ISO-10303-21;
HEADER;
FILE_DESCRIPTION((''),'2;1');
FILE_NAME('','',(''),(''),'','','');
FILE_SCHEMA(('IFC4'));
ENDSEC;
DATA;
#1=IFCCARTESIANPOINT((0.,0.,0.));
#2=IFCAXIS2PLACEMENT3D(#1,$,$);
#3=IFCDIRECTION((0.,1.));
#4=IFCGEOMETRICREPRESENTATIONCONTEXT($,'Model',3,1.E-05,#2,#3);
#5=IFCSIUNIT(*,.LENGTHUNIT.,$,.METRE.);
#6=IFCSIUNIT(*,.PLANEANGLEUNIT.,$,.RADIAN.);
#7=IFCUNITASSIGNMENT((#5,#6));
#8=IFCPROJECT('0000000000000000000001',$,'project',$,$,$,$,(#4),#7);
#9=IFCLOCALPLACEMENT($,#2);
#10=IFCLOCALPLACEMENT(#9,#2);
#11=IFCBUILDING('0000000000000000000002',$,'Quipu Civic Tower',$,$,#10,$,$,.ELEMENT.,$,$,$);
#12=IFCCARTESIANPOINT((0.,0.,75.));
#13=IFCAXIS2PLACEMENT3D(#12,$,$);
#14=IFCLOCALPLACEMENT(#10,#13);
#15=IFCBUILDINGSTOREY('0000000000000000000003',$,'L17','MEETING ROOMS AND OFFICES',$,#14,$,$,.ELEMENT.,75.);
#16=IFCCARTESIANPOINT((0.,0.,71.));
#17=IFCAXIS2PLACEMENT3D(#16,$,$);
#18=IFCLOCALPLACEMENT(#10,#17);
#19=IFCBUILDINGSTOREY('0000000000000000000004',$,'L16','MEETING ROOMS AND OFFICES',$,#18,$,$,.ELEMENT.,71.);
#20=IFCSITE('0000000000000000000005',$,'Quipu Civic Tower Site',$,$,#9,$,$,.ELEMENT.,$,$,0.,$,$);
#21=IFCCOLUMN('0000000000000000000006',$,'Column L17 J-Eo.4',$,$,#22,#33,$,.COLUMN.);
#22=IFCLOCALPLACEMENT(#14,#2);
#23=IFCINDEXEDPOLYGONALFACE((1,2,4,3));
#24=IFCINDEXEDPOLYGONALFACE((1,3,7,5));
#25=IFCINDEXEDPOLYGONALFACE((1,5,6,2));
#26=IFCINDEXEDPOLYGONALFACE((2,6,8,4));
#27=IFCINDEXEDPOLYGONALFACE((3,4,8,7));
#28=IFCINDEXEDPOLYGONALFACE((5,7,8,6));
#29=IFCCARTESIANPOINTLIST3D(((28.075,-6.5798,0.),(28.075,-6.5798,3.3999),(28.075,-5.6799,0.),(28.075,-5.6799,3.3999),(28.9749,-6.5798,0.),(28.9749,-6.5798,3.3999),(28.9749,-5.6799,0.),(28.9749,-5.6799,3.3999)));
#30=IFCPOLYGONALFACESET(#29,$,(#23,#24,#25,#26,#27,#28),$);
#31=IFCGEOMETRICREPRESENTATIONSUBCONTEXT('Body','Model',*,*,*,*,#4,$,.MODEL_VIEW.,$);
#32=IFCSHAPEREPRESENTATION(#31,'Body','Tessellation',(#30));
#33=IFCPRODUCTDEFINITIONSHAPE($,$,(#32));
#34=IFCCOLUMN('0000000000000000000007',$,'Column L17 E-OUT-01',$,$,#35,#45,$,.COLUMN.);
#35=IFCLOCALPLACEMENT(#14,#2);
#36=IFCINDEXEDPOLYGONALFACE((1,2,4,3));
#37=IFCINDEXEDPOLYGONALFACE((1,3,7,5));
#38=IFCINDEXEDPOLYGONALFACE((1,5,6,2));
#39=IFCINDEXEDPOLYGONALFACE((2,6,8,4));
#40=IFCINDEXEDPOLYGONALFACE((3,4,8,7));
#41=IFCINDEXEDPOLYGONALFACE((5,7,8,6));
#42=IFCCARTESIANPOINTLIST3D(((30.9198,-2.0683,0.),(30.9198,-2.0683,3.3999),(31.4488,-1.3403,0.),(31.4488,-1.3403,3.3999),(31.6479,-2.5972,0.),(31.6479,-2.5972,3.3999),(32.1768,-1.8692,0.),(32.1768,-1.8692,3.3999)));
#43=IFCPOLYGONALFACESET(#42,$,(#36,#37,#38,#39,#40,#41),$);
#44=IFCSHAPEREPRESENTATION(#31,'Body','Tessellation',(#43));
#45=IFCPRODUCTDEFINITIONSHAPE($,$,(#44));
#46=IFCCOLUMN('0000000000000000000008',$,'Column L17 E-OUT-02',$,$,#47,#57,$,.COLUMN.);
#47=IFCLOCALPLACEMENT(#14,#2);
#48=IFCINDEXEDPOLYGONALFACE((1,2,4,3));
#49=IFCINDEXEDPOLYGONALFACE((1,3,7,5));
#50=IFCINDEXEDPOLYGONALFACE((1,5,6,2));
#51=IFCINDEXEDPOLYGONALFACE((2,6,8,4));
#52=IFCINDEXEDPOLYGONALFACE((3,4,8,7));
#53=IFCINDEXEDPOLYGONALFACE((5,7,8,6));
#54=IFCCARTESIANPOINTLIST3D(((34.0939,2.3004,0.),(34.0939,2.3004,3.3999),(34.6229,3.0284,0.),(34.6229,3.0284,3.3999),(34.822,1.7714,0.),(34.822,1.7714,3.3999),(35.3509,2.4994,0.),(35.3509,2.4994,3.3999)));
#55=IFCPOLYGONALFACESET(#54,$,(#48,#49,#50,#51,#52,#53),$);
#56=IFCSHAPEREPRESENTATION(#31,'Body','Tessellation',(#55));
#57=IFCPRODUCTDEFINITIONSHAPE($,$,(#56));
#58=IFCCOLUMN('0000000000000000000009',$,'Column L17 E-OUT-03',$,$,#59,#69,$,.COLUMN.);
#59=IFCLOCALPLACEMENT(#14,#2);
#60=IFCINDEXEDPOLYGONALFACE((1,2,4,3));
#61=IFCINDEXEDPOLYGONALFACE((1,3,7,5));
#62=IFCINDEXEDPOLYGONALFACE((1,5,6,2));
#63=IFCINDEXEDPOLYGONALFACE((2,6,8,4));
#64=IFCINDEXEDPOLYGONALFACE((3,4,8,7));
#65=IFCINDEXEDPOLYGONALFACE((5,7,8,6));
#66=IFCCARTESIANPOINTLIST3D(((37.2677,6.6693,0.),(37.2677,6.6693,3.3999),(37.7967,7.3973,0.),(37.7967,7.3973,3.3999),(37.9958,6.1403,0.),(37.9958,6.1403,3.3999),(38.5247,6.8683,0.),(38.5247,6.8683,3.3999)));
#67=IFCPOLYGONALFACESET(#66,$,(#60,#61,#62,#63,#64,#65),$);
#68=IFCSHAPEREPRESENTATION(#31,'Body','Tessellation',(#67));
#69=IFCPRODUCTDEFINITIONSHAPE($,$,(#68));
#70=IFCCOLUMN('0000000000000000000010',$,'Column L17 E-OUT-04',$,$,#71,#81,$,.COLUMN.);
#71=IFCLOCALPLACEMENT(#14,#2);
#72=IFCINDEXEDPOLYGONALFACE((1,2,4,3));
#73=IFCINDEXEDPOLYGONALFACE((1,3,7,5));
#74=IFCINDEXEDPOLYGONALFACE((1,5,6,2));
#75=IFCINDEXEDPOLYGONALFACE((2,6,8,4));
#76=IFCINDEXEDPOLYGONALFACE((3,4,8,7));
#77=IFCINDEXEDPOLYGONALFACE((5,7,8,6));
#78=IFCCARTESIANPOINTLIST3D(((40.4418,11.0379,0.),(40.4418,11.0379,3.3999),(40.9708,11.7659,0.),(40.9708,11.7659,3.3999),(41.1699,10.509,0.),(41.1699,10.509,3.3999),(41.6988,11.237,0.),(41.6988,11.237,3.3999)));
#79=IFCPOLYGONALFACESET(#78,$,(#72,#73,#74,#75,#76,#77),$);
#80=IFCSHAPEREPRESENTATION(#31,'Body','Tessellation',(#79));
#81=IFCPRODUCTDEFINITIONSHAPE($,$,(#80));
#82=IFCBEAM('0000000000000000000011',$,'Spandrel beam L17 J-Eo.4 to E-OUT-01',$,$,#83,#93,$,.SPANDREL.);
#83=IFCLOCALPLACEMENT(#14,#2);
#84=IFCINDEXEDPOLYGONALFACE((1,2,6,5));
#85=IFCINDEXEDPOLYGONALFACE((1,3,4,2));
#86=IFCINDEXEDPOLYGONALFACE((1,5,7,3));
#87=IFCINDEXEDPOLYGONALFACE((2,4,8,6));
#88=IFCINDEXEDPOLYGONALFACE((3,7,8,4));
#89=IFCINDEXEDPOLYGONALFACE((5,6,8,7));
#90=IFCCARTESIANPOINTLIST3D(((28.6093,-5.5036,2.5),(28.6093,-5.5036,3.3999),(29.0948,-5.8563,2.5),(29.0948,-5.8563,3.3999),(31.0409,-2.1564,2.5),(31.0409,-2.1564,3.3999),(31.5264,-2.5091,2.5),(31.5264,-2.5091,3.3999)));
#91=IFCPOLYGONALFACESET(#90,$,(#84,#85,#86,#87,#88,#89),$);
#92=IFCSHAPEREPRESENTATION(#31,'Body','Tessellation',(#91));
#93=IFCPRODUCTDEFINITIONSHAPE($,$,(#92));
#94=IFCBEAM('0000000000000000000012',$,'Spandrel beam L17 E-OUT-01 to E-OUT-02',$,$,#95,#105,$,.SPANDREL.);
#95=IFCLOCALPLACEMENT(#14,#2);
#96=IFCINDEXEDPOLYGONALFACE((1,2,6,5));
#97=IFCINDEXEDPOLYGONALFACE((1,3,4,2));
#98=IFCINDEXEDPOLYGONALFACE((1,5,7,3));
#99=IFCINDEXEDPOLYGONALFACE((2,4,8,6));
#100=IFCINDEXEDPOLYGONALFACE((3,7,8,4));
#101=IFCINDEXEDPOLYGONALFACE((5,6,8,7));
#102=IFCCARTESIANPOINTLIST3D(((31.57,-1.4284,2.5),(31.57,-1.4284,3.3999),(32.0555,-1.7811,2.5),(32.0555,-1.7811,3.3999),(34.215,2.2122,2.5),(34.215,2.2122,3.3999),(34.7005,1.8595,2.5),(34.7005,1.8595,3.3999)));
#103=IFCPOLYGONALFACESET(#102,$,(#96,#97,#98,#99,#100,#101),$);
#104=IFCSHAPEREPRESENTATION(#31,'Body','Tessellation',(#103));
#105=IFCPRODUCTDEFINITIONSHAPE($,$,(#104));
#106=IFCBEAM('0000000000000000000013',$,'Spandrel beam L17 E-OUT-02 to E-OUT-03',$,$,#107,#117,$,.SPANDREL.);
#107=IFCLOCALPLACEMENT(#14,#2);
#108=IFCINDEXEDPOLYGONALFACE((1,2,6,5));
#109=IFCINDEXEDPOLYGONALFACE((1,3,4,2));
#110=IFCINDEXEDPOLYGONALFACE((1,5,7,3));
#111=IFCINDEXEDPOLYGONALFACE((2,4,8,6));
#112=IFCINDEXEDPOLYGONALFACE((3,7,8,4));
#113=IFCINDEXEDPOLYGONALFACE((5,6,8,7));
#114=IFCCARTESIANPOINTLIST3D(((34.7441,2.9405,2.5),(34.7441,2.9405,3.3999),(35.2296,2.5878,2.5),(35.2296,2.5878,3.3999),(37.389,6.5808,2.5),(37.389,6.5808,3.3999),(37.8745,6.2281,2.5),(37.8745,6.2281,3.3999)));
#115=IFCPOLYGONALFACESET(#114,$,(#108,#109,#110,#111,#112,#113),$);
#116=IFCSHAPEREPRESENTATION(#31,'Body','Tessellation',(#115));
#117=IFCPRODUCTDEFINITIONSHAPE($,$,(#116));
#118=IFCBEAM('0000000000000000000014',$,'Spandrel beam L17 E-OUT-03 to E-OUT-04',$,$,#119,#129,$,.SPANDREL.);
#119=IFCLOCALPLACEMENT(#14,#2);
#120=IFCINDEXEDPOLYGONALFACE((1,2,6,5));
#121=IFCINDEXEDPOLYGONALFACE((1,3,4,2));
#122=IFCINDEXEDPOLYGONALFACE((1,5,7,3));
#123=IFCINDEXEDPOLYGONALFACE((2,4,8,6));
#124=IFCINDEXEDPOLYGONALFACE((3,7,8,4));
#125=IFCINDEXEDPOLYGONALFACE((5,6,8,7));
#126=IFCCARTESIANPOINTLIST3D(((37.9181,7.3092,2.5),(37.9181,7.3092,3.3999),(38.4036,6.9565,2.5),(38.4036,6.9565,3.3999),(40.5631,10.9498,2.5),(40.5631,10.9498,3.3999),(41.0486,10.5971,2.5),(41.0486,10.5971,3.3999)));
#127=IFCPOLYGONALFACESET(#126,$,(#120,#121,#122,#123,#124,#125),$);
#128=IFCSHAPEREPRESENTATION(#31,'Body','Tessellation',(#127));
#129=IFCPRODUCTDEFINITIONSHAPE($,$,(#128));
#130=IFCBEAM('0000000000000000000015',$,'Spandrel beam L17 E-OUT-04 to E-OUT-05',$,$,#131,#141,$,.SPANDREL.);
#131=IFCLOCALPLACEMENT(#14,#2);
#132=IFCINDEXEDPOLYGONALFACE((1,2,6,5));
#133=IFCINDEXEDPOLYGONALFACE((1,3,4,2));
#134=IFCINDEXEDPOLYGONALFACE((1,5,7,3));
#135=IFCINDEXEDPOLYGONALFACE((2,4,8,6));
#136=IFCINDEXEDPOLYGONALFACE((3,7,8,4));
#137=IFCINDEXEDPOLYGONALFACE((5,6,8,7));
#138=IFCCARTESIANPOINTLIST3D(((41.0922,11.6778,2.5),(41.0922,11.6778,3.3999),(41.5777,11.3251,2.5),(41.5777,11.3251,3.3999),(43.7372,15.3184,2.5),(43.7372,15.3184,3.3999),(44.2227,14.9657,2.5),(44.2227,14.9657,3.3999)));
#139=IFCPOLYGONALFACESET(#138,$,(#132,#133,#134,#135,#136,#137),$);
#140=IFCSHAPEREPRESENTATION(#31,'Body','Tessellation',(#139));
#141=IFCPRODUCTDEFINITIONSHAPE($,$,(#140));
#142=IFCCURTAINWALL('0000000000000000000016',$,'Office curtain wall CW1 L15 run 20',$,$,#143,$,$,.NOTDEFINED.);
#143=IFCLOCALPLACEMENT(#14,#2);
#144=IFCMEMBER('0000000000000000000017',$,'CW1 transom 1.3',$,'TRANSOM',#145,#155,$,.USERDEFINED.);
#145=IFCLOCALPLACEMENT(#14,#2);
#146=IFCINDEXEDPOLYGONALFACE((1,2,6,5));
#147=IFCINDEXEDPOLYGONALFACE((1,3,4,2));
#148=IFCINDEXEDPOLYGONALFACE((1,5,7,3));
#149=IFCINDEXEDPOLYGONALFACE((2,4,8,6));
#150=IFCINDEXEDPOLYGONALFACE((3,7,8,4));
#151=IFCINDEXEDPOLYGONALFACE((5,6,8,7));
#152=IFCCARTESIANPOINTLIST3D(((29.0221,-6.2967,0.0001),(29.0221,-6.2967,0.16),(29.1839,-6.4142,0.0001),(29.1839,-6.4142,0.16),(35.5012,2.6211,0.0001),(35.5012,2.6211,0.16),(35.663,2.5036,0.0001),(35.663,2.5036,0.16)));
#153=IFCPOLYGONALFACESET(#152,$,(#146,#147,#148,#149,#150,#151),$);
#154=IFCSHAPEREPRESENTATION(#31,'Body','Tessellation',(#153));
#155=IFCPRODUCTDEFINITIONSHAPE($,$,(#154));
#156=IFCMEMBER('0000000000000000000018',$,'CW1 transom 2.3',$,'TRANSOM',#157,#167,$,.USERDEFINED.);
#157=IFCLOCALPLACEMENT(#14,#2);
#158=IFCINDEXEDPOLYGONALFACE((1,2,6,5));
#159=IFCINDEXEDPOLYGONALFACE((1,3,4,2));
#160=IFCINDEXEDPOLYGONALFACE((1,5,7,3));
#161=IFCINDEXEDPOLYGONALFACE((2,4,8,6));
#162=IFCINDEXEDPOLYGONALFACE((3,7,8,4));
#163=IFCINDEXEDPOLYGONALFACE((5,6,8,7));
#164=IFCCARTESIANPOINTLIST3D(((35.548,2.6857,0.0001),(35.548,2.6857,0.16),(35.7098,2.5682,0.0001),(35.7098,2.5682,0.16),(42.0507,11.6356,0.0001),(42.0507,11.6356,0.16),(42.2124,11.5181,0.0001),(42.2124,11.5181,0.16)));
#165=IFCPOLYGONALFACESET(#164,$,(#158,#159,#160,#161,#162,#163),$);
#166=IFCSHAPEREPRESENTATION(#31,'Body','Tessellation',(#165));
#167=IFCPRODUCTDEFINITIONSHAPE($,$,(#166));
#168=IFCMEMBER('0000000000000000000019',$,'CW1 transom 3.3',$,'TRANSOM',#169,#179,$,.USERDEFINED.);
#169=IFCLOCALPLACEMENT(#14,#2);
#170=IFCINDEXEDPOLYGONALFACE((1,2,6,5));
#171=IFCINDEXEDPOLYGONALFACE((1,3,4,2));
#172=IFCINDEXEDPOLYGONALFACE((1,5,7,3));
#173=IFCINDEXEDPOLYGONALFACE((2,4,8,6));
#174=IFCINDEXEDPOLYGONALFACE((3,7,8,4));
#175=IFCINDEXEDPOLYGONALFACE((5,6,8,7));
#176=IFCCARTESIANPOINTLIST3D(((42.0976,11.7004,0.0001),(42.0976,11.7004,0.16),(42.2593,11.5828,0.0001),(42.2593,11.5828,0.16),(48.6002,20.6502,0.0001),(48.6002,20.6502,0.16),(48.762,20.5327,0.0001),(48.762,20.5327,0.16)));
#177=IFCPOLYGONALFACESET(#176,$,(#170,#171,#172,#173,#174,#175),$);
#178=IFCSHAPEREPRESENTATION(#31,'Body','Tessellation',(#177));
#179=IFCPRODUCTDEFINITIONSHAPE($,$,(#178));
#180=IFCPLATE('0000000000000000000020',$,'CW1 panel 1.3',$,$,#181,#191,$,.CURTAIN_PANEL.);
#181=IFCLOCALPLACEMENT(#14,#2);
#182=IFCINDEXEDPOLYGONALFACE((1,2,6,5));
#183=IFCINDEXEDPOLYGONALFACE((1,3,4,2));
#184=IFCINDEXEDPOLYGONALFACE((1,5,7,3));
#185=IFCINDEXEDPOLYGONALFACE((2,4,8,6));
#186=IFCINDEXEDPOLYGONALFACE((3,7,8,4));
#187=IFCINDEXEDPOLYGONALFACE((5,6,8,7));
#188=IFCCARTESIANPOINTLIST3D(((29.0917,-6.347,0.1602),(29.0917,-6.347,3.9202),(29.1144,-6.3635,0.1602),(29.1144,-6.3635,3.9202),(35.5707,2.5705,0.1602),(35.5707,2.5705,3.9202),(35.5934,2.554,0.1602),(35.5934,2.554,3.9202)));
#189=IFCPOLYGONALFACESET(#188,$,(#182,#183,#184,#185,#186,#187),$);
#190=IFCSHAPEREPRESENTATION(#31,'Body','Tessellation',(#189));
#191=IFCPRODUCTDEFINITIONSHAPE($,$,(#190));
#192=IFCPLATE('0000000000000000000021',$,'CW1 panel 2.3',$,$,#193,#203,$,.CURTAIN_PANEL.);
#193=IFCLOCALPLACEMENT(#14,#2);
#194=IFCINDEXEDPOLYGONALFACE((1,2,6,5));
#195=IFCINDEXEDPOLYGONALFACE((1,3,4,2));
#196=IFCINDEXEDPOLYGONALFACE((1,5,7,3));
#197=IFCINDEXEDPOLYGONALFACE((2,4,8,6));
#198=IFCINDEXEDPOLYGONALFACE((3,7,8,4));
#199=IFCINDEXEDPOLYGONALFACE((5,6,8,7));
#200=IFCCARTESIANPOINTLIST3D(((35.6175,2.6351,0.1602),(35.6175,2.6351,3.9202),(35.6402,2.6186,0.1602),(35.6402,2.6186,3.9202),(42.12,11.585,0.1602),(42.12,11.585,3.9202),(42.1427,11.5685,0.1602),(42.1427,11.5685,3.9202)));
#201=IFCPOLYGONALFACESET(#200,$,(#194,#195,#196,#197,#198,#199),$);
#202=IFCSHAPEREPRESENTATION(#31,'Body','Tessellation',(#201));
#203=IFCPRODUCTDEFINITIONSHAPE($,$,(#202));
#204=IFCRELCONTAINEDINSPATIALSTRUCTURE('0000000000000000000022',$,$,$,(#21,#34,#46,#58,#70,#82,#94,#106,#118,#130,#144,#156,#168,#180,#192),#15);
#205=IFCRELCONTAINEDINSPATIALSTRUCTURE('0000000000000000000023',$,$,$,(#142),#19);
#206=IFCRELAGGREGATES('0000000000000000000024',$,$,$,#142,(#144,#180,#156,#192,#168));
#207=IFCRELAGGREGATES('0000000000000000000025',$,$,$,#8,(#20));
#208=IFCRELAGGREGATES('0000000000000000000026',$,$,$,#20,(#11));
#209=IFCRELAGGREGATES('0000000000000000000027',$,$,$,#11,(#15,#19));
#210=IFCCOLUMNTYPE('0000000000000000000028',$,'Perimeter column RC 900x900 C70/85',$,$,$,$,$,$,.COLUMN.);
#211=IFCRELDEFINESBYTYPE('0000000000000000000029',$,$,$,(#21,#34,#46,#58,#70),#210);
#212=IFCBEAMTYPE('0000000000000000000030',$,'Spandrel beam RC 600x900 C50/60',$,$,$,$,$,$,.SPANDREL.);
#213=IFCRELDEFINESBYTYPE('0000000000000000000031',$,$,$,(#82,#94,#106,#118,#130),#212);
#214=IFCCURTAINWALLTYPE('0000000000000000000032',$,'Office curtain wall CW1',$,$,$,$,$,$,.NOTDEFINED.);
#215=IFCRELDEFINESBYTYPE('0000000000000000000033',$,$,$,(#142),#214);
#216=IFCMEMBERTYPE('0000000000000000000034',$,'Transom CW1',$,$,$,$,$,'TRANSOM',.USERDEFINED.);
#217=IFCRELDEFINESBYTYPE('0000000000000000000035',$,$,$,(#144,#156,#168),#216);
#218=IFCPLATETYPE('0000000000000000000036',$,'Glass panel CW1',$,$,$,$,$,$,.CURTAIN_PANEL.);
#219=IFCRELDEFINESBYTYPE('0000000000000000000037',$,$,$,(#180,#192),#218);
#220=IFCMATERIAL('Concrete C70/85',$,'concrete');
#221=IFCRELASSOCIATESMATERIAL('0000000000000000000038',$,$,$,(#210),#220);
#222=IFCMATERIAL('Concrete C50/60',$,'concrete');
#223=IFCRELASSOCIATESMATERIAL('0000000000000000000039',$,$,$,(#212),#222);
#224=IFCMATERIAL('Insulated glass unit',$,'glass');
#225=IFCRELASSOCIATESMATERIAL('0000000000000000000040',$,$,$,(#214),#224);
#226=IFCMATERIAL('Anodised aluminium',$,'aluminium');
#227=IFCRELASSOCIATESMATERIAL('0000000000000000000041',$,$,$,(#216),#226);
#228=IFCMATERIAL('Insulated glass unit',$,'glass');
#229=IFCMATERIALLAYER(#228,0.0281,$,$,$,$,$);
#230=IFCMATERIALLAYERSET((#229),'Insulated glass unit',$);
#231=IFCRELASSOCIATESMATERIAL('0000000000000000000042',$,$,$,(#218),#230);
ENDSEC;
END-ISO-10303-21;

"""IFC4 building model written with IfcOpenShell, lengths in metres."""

from ifc_helpers import new_model, si_unit, direction, frame, origin, origin_2d, place, context, subcontext, project, spatial, rectangle, extrude, material, layer, layer_set, material_profile, profile_set, type_object, element, aggregate, save


model = new_model("IFC4")

# Units and contexts
model_context = context("Model", 3, precision=1e-05, world=origin(), true_north=direction((0.0, 1.0)))
body_context = subcontext(model_context, "Body", "Model", "MODEL_VIEW")
ifc_project = project(units=[si_unit("LENGTHUNIT", "METRE"), si_unit("PLANEANGLEUNIT", "RADIAN")], contexts=[model_context])

# Site, building, storey
site_placement = place(None, origin())
site = spatial("IfcSite", under=ifc_project, at=site_placement, Name="Quipu Civic Tower Site", CompositionType="ELEMENT", RefElevation=0.0)
building_placement = place(site_placement, origin())
building = spatial("IfcBuilding", under=site, at=building_placement, Name="Quipu Civic Tower", CompositionType="ELEMENT")
storey_1_placement = place(building_placement, frame((0.0, 0.0, 75.0)))
storey_1 = spatial("IfcBuildingStorey", under=building, at=storey_1_placement, Name="L17", Description="MEETING ROOMS AND OFFICES", CompositionType="ELEMENT", Elevation=75.0)

# Columns
ifc_material_1 = material(Name="Concrete C70/85", Category="concrete")
ifc_material_profile_1 = material_profile(ifc_material_1, rectangle(XDim=0.8999, YDim=0.8999, at=origin_2d()), Name="RC900x900")
ifc_profile_set_1 = profile_set([ifc_material_profile_1], Name="Concrete C70/85")
column_type = type_object("IfcColumnType", Name="Perimeter column RC 900x900 C70/85", PredefinedType="COLUMN", material=ifc_profile_set_1)
for number, where, z_axis, x_axis, name in (
    (1, (28.5249, -6.1299, 0.0), (0.0, 0.0, 1.0), (1.0, 0.0, 0.0), "Column L17 J-Eo.4"),
    (2, (31.5483, -1.9688, 0.0), (0.0, 0.0, 1.0), (0.587785, 0.809017, 0.0), "Column L17 E-OUT-01"),
    (3, (34.7224, 2.3999, 0.0), (0.0, 0.0, 1.0), (0.587785, 0.809017, 0.0), "Column L17 E-OUT-02"),
    (4, (37.8962, 6.7688, 0.0), (0.0, 0.0, 1.0), (0.587785, 0.809017, 0.0), "Column L17 E-OUT-03"),
    (5, (41.0703, 11.1375, 0.0), (0.0, 0.0, 1.0), (0.587785, 0.809017, 0.0), "Column L17 E-OUT-04"),
):
    element("IfcColumn", number, at=place(storey_1_placement, frame(where, z_axis=z_axis, x_axis=x_axis)), inside=storey_1, type_object=column_type, Name=name, PredefinedType="COLUMN", context=body_context, shape_type="SweptSolid", body=[
        extrude(rectangle(XDim=0.8999, YDim=0.8999, at=origin_2d()), origin(), (0.0, 0.0, 1.0), 3.3999),
    ])

# Beams
ifc_material_2 = material(Name="Concrete C50/60", Category="concrete")
ifc_material_profile_2 = material_profile(ifc_material_2, rectangle(XDim=0.6001, YDim=0.8999, at=origin_2d()), Name="RC600x900")
ifc_profile_set_2 = profile_set([ifc_material_profile_2], Name="Concrete C50/60")
beam_type = type_object("IfcBeamType", Name="Spandrel beam RC 600x900 C50/60", PredefinedType="SPANDREL", material=ifc_profile_set_2)
beam_1_placement = place(storey_1_placement, frame((28.8521, -5.6799, 2.95), z_axis=(0.587751, 0.809042, 0.0), x_axis=(-0.809042, 0.587751, 0.0)))
element("IfcBeam", 6, at=beam_1_placement, inside=storey_1, type_object=beam_type, Name="Spandrel beam L17 J-Eo.4 to E-OUT-01", PredefinedType="SPANDREL", context=body_context, shape_type="SweptSolid", body=[
    extrude(rectangle(XDim=0.6001, YDim=0.8999, at=origin_2d()), origin(), (0.0, 0.0, 1.0), 4.1372),
])
beam_2_placement = place(storey_1_placement, frame((31.8127, -1.6047, 2.95), z_axis=(0.587778, 0.809022, 0.0), x_axis=(-0.809022, 0.587778, 0.0)))
element("IfcBeam", 7, at=beam_2_placement, inside=storey_1, type_object=beam_type, Name="Spandrel beam L17 E-OUT-01 to E-OUT-02", PredefinedType="SPANDREL", context=body_context, shape_type="SweptSolid", body=[
    extrude(rectangle(XDim=0.6001, YDim=0.8999, at=origin_2d()), origin(), (0.0, 0.0, 1.0), 4.5),
])
beam_3_placement = place(storey_1_placement, frame((34.9868, 2.7642, 2.95), z_axis=(0.587804, 0.809003, 0.0), x_axis=(-0.809003, 0.587804, 0.0)))
element("IfcBeam", 8, at=beam_3_placement, inside=storey_1, type_object=beam_type, Name="Spandrel beam L17 E-OUT-02 to E-OUT-03", PredefinedType="SPANDREL", context=body_context, shape_type="SweptSolid", body=[
    extrude(rectangle(XDim=0.6001, YDim=0.8999, at=origin_2d()), origin(), (0.0, 0.0, 1.0), 4.4998),
])
for number, where, z_axis, x_axis, name in (
    (9, (38.1609, 7.1328, 2.95), (0.587778, 0.809022, 0.0), (-0.809022, 0.587778, 0.0), "Spandrel beam L17 E-OUT-03 to E-OUT-04"),
    (10, (41.335, 11.5015, 2.95), (0.587778, 0.809022, 0.0), (-0.809022, 0.587778, 0.0), "Spandrel beam L17 E-OUT-04 to E-OUT-05"),
):
    element("IfcBeam", number, at=place(storey_1_placement, frame(where, z_axis=z_axis, x_axis=x_axis)), inside=storey_1, type_object=beam_type, Name=name, PredefinedType="SPANDREL", context=body_context, shape_type="SweptSolid", body=[
        extrude(rectangle(XDim=0.6001, YDim=0.8999, at=origin_2d()), origin(), (0.0, 0.0, 1.0), 4.5),
    ])

# Shared definitions
storey_2_placement = place(building_placement, frame((0.0, 0.0, 71.0)))
storey_2 = spatial("IfcBuildingStorey", under=building, at=storey_2_placement, Name="L16", Description="MEETING ROOMS AND OFFICES", CompositionType="ELEMENT", Elevation=71.0)

# Curtain wall, members, plates
ifc_material_3 = material(Name="Insulated glass unit", Category="glass")
curtain_wall_type = type_object("IfcCurtainWallType", Name="Office curtain wall CW1", PredefinedType="NOTDEFINED", material=ifc_material_3)
curtain_wall_placement = place(storey_2_placement, origin())
curtain_wall = element("IfcCurtainWall", 11, at=curtain_wall_placement, inside=storey_2, type_object=curtain_wall_type, Name="Office curtain wall CW1 L15 run 20", PredefinedType="NOTDEFINED")
ifc_material_4 = material(Name="Anodised aluminium", Category="aluminium")
ifc_material_profile_3 = material_profile(ifc_material_4, rectangle(XDim=0.2, YDim=0.1599, at=origin_2d()), Name="RECT 200x160")
ifc_profile_set_3 = profile_set([ifc_material_profile_3], Name="Anodised aluminium")
member_type = type_object("IfcMemberType", Name="Transom CW1", ElementType="TRANSOM", PredefinedType="USERDEFINED", material=ifc_profile_set_3)
member_1_placement = place(storey_1_placement, frame((29.103, -6.3555, 0.0801), z_axis=(0.587779, 0.809021, 0.0), x_axis=(-0.809021, 0.587779, 0.0)))
member_1 = element("IfcMember", 12, at=member_1_placement, inside=storey_1, type_object=member_type, Name="CW1 transom 1.3", ObjectType="TRANSOM", PredefinedType="USERDEFINED", context=body_context, shape_type="SweptSolid", body=[
    extrude(rectangle(XDim=0.2, YDim=0.1599, at=origin_2d()), origin(), (0.0, 0.0, 1.0), 11.0229),
])
member_2_placement = place(storey_1_placement, frame((35.6289, 2.627, 0.0801), z_axis=(0.587795, 0.80901, 0.0), x_axis=(-0.80901, 0.587795, 0.0)))
member_2 = element("IfcMember", 13, at=member_2_placement, inside=storey_1, type_object=member_type, Name="CW1 transom 2.3", ObjectType="TRANSOM", PredefinedType="USERDEFINED", context=body_context, shape_type="SweptSolid", body=[
    extrude(rectangle(XDim=0.2, YDim=0.1599, at=origin_2d()), origin(), (0.0, 0.0, 1.0), 11.0627),
])
member_3_placement = place(storey_1_placement, frame((42.1785, 11.6416, 0.0801), z_axis=(0.587795, 0.80901, 0.0), x_axis=(-0.80901, 0.587795, 0.0)))
member_3 = element("IfcMember", 14, at=member_3_placement, inside=storey_1, type_object=member_type, Name="CW1 transom 3.3", ObjectType="TRANSOM", PredefinedType="USERDEFINED", context=body_context, shape_type="SweptSolid", body=[
    extrude(rectangle(XDim=0.2, YDim=0.1599, at=origin_2d()), origin(), (0.0, 0.0, 1.0), 11.0627),
])
ifc_material_5 = material(Name="Insulated glass unit", Category="glass")
ifc_layer_1 = layer(ifc_material_5, 0.0281)
ifc_layer_set_1 = layer_set([ifc_layer_1], Name="Insulated glass unit")
plate_type_1 = type_object("IfcPlateType", Name="Glass panel CW1", PredefinedType="CURTAIN_PANEL", material=ifc_layer_set_1)
plate_1_placement = place(storey_1_placement, frame((32.3425, -1.8965, 0.1602), z_axis=(0.0, 0.0, 1.0), x_axis=(0.587786, 0.809017, 0.0)))
plate_1 = element("IfcPlate", 15, at=plate_1_placement, inside=storey_1, type_object=plate_type_1, Name="CW1 panel 1.3", PredefinedType="CURTAIN_PANEL", context=body_context, shape_type="SweptSolid", body=[
    extrude(rectangle(XDim=11.0227, YDim=0.0281, at=origin_2d()), origin(), (0.0, 0.0, 1.0), 3.76),
])
plate_2_placement = place(storey_1_placement, frame((38.8801, 7.1018, 0.1602), z_axis=(0.0, 0.0, 1.0), x_axis=(0.587786, 0.809017, 0.0)))
plate_2 = element("IfcPlate", 16, at=plate_2_placement, inside=storey_1, type_object=plate_type_1, Name="CW1 panel 2.3", PredefinedType="CURTAIN_PANEL", context=body_context, shape_type="SweptSolid", body=[
    extrude(rectangle(XDim=11.0627, YDim=0.0281, at=origin_2d()), origin(), (0.0, 0.0, 1.0), 3.76),
])
aggregate(curtain_wall, [member_1, plate_1, member_2, plate_2, member_3])

save(model, "model.ifc")
